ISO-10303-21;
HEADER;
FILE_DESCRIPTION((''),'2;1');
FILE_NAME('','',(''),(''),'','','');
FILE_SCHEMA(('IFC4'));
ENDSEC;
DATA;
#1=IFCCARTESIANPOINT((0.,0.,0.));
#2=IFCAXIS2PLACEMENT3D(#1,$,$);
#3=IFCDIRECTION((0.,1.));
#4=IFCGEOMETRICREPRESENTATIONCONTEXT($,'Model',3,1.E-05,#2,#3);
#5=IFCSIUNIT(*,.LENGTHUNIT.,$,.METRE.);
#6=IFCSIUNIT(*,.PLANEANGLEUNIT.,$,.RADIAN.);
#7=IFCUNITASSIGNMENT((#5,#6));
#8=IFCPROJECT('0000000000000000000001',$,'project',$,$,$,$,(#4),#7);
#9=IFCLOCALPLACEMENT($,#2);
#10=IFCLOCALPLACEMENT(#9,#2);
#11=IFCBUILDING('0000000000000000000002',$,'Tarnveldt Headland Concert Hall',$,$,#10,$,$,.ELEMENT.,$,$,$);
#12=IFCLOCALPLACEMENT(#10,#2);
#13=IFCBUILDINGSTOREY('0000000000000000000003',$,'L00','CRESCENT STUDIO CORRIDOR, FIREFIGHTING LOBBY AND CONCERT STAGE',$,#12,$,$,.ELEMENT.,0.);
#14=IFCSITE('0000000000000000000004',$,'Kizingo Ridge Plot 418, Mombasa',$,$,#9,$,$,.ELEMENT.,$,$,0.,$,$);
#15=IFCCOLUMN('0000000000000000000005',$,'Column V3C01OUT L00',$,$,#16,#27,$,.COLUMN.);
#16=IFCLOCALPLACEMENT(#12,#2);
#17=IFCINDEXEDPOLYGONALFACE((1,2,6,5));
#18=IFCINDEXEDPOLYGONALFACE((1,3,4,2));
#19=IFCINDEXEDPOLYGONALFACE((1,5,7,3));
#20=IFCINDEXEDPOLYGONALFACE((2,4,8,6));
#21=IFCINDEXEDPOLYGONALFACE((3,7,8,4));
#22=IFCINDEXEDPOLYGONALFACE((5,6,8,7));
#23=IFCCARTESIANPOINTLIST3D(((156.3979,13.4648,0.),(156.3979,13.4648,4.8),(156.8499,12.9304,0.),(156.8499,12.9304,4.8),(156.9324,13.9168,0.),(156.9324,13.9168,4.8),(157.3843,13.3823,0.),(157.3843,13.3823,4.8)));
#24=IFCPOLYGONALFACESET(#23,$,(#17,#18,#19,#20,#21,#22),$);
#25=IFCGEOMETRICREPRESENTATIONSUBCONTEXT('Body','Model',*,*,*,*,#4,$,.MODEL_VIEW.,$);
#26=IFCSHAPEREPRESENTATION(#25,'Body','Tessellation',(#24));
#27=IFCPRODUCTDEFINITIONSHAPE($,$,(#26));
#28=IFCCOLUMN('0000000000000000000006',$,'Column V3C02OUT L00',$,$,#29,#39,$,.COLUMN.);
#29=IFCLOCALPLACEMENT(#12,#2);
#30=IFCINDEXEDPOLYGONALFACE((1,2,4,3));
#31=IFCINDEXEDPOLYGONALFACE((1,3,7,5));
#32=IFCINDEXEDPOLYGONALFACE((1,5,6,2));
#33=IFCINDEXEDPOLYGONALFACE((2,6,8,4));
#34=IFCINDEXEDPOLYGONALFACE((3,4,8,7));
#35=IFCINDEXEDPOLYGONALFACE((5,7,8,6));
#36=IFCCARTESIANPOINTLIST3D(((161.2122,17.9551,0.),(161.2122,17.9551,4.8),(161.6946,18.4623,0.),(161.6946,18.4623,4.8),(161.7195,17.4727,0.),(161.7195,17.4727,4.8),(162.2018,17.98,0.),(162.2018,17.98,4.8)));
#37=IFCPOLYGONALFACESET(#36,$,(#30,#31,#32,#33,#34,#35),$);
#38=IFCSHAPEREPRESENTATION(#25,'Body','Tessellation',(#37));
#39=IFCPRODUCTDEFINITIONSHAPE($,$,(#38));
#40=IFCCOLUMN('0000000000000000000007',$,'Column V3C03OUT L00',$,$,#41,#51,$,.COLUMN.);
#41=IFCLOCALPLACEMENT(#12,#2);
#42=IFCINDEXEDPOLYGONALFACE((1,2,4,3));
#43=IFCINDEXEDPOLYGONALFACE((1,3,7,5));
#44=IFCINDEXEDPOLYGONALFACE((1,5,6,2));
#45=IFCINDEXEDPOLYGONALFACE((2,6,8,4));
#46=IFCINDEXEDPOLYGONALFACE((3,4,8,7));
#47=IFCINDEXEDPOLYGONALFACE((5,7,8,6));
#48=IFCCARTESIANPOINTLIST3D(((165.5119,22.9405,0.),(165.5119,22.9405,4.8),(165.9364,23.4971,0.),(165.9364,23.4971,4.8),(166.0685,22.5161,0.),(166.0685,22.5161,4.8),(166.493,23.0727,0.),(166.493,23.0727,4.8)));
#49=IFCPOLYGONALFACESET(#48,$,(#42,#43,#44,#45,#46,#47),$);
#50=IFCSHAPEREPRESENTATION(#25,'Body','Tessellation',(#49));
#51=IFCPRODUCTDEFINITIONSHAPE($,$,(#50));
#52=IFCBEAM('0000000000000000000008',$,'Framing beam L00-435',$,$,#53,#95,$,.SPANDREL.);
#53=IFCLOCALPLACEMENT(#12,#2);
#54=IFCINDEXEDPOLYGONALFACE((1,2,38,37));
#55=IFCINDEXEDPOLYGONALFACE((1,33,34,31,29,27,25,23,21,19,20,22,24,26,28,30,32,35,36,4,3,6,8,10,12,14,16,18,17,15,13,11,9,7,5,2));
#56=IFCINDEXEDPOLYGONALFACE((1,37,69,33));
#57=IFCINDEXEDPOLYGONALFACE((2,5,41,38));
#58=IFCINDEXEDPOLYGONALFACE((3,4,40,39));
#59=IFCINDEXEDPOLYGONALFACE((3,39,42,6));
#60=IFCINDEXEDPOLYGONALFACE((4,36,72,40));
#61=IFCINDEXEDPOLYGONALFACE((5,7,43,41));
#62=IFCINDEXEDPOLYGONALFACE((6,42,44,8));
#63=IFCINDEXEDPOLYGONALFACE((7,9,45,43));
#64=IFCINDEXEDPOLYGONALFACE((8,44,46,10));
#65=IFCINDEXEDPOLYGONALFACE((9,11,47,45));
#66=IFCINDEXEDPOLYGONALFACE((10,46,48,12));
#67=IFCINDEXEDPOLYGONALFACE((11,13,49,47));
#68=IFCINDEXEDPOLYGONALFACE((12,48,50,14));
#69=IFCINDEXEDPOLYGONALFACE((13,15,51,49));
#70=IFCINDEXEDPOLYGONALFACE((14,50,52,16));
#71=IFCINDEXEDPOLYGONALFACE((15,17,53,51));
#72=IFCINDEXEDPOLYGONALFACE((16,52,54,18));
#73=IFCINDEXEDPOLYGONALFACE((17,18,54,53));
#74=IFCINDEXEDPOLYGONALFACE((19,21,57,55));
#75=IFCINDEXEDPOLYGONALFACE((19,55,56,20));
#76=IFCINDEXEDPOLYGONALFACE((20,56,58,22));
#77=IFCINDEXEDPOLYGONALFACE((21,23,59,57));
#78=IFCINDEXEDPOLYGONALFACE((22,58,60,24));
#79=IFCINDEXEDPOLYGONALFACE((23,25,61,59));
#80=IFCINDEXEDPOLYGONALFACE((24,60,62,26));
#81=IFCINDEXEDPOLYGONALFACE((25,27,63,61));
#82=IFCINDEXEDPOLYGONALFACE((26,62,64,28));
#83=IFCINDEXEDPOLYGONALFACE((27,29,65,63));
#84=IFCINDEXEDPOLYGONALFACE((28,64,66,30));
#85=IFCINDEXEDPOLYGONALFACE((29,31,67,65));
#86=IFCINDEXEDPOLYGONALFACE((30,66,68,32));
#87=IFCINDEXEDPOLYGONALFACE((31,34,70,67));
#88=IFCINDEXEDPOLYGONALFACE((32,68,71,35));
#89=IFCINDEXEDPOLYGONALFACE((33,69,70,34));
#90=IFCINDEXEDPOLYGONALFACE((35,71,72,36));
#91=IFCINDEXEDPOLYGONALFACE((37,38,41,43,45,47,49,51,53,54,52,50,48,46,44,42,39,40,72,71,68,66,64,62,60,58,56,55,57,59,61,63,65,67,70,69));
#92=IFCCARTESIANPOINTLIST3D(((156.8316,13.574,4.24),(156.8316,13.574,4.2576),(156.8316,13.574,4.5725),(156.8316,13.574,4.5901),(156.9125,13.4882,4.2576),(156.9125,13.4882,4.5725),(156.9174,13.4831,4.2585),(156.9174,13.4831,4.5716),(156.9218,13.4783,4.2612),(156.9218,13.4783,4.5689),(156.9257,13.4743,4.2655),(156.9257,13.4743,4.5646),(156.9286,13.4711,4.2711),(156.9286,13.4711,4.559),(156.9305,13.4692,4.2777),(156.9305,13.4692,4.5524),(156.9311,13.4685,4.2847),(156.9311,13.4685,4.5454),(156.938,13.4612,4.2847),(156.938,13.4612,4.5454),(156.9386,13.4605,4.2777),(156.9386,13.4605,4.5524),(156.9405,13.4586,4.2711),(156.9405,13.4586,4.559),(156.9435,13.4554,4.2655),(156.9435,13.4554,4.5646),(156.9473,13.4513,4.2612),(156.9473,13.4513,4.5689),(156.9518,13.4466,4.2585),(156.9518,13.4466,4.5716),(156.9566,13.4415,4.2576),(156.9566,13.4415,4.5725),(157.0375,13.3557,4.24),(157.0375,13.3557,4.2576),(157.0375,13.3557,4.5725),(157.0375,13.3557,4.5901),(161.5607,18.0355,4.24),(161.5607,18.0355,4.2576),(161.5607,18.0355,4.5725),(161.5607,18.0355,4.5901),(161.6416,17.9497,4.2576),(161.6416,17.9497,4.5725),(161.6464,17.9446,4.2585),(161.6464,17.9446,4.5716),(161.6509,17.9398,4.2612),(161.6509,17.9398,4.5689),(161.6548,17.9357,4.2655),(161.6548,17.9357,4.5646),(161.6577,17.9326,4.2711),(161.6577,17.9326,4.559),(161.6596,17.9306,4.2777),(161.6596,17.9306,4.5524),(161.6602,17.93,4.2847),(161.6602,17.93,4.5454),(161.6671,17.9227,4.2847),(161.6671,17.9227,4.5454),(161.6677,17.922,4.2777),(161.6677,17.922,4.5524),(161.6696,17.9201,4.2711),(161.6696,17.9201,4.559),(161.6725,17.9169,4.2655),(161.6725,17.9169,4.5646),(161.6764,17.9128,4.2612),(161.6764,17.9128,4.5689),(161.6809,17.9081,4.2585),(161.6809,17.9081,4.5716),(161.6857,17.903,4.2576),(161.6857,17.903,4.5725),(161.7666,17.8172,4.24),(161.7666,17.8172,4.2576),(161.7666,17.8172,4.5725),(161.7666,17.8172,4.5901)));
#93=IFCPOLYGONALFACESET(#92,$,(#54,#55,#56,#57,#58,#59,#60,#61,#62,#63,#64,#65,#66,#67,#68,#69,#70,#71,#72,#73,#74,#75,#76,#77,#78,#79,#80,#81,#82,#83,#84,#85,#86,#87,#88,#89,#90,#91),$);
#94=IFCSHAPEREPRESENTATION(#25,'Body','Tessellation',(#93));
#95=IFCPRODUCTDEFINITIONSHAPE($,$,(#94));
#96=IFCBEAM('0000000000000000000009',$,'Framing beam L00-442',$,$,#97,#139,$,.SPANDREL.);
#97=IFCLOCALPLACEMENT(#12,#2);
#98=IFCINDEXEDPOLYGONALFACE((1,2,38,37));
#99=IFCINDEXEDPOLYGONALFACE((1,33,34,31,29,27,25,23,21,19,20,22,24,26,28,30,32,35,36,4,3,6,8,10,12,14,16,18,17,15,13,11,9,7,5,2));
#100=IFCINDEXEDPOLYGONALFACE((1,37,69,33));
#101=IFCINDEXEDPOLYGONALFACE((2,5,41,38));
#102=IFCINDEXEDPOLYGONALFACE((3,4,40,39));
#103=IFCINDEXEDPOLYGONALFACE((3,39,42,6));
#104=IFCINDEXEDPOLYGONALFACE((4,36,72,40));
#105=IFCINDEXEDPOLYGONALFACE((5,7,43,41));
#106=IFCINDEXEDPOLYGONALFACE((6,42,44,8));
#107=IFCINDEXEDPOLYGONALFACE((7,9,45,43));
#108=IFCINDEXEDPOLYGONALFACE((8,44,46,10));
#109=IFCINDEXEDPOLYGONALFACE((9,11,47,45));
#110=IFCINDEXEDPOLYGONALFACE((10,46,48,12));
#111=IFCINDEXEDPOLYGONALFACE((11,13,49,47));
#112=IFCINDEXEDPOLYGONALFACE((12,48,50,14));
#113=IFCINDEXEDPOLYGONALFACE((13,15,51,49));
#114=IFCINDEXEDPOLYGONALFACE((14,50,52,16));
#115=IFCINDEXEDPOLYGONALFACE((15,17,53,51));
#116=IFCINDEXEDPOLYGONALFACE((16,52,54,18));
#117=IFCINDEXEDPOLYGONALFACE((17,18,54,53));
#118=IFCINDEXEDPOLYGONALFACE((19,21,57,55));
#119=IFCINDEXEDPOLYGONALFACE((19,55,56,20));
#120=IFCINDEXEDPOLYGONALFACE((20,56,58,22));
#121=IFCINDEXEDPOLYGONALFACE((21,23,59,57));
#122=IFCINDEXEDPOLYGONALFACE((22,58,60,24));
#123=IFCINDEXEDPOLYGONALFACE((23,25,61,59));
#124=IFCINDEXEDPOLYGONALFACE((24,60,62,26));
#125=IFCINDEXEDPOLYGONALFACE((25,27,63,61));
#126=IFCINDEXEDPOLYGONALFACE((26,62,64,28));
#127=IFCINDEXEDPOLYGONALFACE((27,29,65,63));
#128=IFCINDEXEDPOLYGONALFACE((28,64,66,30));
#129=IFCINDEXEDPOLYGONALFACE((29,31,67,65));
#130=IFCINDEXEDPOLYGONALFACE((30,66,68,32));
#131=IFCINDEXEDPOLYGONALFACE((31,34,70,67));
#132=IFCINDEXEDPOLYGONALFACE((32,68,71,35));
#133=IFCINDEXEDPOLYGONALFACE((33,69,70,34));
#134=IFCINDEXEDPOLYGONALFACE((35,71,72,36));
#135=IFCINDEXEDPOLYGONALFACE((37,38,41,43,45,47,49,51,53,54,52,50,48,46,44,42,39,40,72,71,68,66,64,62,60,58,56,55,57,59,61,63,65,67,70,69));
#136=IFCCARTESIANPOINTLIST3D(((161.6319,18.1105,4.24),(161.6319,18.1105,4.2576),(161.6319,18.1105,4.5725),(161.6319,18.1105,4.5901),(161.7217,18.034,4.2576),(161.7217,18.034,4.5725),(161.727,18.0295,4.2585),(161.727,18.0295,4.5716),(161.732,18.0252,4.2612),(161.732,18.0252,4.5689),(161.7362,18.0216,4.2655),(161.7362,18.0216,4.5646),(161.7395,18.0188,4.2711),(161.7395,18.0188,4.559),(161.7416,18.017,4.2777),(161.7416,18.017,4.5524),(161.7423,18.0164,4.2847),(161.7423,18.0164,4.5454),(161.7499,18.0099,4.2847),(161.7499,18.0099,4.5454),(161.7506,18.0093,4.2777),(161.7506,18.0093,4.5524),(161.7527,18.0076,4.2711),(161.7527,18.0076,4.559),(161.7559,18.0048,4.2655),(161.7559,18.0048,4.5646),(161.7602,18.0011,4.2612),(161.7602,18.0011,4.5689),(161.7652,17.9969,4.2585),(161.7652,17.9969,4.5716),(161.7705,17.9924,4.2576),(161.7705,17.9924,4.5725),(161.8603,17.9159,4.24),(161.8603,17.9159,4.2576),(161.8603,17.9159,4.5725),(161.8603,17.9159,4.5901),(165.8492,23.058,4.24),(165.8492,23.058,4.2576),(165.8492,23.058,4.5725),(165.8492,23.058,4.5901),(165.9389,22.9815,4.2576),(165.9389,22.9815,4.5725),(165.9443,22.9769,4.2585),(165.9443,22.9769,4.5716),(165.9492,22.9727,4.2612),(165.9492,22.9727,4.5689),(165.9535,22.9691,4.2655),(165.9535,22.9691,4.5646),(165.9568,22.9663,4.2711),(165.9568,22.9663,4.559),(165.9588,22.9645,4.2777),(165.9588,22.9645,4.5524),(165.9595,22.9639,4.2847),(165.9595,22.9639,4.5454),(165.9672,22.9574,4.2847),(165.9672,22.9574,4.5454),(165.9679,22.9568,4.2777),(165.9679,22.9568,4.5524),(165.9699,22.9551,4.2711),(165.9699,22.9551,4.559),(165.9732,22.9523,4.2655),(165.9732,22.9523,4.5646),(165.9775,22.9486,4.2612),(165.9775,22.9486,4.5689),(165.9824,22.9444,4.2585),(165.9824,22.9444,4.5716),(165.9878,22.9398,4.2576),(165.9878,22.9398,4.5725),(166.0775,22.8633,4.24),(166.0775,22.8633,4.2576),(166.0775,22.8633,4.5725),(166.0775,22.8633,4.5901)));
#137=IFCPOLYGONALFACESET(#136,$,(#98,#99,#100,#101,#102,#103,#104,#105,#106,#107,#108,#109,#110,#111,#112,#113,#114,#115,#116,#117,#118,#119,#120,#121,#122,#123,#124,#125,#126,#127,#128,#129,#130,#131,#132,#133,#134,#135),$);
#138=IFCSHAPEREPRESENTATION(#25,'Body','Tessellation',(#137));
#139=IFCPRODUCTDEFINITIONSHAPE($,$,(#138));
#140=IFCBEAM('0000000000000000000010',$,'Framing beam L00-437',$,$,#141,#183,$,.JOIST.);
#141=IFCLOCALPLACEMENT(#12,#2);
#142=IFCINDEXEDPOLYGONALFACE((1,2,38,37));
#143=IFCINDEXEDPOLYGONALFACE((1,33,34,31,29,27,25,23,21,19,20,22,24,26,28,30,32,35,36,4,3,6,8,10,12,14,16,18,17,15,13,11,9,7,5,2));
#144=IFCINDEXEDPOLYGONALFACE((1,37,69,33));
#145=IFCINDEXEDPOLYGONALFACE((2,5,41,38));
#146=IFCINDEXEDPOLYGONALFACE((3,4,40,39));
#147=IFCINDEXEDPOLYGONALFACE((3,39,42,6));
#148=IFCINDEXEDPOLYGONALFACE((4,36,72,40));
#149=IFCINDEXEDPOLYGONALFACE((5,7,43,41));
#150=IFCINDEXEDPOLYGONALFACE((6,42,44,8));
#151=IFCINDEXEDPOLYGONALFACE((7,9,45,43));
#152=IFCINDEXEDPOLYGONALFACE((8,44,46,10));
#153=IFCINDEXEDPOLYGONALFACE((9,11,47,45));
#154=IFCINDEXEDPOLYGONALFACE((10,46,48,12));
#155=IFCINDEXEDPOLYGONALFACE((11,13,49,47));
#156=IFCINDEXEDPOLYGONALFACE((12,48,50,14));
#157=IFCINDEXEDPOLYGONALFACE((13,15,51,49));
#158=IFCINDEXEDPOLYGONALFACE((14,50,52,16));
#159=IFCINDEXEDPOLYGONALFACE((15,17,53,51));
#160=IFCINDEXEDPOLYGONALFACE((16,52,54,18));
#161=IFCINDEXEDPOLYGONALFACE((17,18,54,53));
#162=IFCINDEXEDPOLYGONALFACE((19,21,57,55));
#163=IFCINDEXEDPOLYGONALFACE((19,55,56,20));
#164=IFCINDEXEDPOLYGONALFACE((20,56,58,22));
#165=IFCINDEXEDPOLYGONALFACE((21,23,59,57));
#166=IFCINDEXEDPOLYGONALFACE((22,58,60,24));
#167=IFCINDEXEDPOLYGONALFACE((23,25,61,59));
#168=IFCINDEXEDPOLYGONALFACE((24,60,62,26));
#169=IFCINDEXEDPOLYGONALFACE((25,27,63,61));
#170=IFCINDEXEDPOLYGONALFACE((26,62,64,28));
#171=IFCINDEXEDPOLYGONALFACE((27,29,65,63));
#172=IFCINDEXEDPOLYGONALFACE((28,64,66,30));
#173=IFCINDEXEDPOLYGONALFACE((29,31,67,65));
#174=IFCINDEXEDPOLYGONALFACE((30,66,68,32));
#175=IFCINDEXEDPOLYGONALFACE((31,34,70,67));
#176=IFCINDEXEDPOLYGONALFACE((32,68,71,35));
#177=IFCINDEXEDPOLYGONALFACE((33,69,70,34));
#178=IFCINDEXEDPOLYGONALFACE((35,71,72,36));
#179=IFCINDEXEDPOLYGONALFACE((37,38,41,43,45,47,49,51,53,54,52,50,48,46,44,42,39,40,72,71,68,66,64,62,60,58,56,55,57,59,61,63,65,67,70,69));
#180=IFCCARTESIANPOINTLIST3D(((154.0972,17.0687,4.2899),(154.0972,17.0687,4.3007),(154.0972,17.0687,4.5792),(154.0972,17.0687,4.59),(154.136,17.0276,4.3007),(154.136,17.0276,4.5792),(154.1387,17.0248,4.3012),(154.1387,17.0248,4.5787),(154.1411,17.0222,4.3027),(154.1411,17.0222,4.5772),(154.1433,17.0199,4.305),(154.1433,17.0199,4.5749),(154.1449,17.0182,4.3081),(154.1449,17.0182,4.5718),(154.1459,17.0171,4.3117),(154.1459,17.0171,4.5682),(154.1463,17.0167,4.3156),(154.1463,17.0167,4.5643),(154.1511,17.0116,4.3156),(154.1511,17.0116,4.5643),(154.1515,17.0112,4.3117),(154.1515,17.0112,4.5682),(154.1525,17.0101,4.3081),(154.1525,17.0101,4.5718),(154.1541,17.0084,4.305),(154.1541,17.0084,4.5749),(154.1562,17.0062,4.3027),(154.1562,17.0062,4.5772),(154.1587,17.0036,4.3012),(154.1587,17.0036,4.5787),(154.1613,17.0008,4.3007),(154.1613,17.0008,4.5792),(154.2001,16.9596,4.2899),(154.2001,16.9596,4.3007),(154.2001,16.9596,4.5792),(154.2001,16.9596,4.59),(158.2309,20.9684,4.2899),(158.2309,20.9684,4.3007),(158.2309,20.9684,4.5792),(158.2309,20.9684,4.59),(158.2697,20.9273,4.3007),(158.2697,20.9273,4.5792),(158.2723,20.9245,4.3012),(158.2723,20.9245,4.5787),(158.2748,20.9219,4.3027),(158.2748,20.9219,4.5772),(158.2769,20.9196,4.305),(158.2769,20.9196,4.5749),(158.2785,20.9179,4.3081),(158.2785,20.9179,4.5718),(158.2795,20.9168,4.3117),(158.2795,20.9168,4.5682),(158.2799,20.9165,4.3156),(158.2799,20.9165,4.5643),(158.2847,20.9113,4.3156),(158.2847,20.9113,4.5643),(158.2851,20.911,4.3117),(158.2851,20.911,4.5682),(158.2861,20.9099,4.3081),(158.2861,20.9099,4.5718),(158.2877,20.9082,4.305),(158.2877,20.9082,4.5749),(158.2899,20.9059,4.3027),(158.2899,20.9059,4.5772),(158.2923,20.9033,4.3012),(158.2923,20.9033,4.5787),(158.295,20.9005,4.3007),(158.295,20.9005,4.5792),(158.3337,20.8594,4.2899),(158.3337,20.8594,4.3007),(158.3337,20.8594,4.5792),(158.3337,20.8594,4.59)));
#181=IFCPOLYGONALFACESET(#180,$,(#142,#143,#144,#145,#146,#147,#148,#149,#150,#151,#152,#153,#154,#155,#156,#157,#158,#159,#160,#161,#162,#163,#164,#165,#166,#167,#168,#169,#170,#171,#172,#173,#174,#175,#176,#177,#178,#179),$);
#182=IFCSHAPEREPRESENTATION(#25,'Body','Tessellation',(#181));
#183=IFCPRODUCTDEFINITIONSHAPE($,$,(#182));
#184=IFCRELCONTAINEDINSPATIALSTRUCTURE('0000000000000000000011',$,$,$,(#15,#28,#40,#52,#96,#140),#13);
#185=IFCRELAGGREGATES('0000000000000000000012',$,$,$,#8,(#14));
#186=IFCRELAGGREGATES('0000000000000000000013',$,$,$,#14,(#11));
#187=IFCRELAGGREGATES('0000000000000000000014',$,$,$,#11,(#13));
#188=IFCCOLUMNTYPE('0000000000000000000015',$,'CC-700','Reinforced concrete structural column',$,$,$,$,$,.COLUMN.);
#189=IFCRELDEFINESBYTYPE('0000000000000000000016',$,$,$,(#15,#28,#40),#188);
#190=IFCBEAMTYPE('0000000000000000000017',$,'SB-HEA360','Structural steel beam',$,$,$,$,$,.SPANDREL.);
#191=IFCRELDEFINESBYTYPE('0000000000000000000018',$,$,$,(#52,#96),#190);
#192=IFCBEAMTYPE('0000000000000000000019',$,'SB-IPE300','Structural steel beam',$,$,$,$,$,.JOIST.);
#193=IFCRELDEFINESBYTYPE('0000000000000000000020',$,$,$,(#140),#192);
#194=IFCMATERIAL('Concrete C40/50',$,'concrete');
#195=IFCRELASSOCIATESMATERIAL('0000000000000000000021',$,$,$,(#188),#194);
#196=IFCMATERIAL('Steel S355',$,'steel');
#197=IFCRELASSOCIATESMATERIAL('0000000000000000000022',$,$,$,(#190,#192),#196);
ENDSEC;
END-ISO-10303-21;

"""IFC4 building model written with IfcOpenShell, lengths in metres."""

from ifc_helpers import new_model, si_unit, direction, frame, origin, origin_2d, place, context, subcontext, project, spatial, rectangle, i_section, extrude, material, material_profile, profile_set, type_object, element, save


model = new_model("IFC4")

# Units and contexts
model_context = context("Model", 3, precision=1e-05, world=origin(), true_north=direction((0.0, 1.0)))
body_context = subcontext(model_context, "Body", "Model", "MODEL_VIEW")
ifc_project = project(units=[si_unit("LENGTHUNIT", "METRE"), si_unit("PLANEANGLEUNIT", "RADIAN")], contexts=[model_context])

# Site, building, storey
site_placement = place(None, origin())
site = spatial("IfcSite", under=ifc_project, at=site_placement, Name="Kizingo Ridge Plot 418, Mombasa", CompositionType="ELEMENT", RefElevation=0.0)
building_placement = place(site_placement, origin())
building = spatial("IfcBuilding", under=site, at=building_placement, Name="Tarnveldt Headland Concert Hall", CompositionType="ELEMENT")
storey_placement = place(building_placement, origin())
storey = spatial("IfcBuildingStorey", under=building, at=storey_placement, Name="L00", Description="CRESCENT STUDIO CORRIDOR, FIREFIGHTING LOBBY AND CONCERT STAGE", CompositionType="ELEMENT", Elevation=0.0)

# Columns
ifc_material_1 = material(Name="Concrete C40/50", Category="concrete")
ifc_material_profile_1 = material_profile(ifc_material_1, rectangle(XDim=0.7, YDim=0.7, at=origin_2d()), Name="RC 700x700", Category="concrete")
ifc_profile_set_1 = profile_set([ifc_material_profile_1], Name="Concrete C40/50")
column_type = type_object("IfcColumnType", Name="CC-700", Description="Reinforced concrete structural column", PredefinedType="COLUMN", material=ifc_profile_set_1)
for number, where, z_axis, x_axis, name in (
    (1, (156.8911, 13.4236, 0.0), (0.0, 0.0, 1.0), (0.645724, -0.763571, 0.0), "Column V3C01OUT L00"),
    (2, (161.707, 17.9675, 0.0), (0.0, 0.0, 1.0), (0.724653, -0.689114, 0.0), "Column V3C02OUT L00"),
    (3, (166.0024, 23.0066, 0.0), (0.0, 0.0, 1.0), (0.795156, -0.606405, 0.0), "Column V3C03OUT L00"),
):
    element("IfcColumn", number, at=place(storey_placement, frame(where, z_axis=z_axis, x_axis=x_axis)), inside=storey, type_object=column_type, Name=name, PredefinedType="COLUMN", context=body_context, shape_type="SweptSolid", body=[
        extrude(rectangle(XDim=0.7, YDim=0.7, at=origin_2d()), origin(), (0.0, 0.0, 1.0), 4.8),
    ])

# Beams
ifc_material_2 = material(Name="Steel S355", Category="steel")
ifc_material_profile_2 = material_profile(ifc_material_2, i_section(OverallWidth=0.3, OverallDepth=0.3501, WebThickness=0.01, FlangeThickness=0.0176, FilletRadius=0.0271, at=origin_2d()), Name="HEA360", Category="steel")
ifc_profile_set_2 = profile_set([ifc_material_profile_2], Name="Steel S355")
beam_type_1 = type_object("IfcBeamType", Name="SB-HEA360", Description="Structural steel beam", PredefinedType="SPANDREL", material=ifc_profile_set_2)
beam_1_placement = place(storey_placement, frame((156.9346, 13.4648, 4.415), z_axis=(0.727386, 0.686229, 0.0), x_axis=(-0.686229, 0.727386, 0.0)))
element("IfcBeam", 4, at=beam_1_placement, inside=storey, type_object=beam_type_1, Name="Framing beam L00-435", PredefinedType="SPANDREL", context=body_context, shape_type="SweptSolid", body=[
    extrude(i_section(OverallWidth=0.3, OverallDepth=0.3501, WebThickness=0.01, FlangeThickness=0.0176, FilletRadius=0.0271, at=origin_2d()), origin(), (0.0, 0.0, 1.0), 6.5015),
])
beam_2_placement = place(storey_placement, frame((161.7461, 18.0132, 4.415), z_axis=(0.648711, 0.761035, 0.0), x_axis=(-0.761035, 0.648711, 0.0)))
element("IfcBeam", 5, at=beam_2_placement, inside=storey, type_object=beam_type_1, Name="Framing beam L00-442", PredefinedType="SPANDREL", context=body_context, shape_type="SweptSolid", body=[
    extrude(i_section(OverallWidth=0.3, OverallDepth=0.3501, WebThickness=0.01, FlangeThickness=0.0176, FilletRadius=0.0271, at=origin_2d()), origin(), (0.0, 0.0, 1.0), 6.501),
])
ifc_material_profile_3 = material_profile(ifc_material_2, i_section(OverallWidth=0.1499, OverallDepth=0.3, WebThickness=0.0071, FlangeThickness=0.0107, FilletRadius=0.0149, at=origin_2d()), Name="IPE300", Category="steel")
ifc_profile_set_3 = profile_set([ifc_material_profile_3], Name="Steel S355")
beam_type_2 = type_object("IfcBeamType", Name="SB-IPE300", Description="Structural steel beam", PredefinedType="JOIST", material=ifc_profile_set_3)
for number, where, z_axis, x_axis, name in (
    (6, (154.1487, 17.0142, 4.4399), (0.727386, 0.686229, 0.0), (-0.686229, 0.727386, 0.0), "Framing beam L00-437"),
):
    element("IfcBeam", number, at=place(storey_placement, frame(where, z_axis=z_axis, x_axis=x_axis)), inside=storey, type_object=beam_type_2, Name=name, PredefinedType="JOIST", context=body_context, shape_type="SweptSolid", body=[
        extrude(i_section(OverallWidth=0.1499, OverallDepth=0.3, WebThickness=0.0071, FlangeThickness=0.0107, FilletRadius=0.0149, at=origin_2d()), origin(), (0.0, 0.0, 1.0), 5.6829),
    ])

save(model, "model.ifc")
